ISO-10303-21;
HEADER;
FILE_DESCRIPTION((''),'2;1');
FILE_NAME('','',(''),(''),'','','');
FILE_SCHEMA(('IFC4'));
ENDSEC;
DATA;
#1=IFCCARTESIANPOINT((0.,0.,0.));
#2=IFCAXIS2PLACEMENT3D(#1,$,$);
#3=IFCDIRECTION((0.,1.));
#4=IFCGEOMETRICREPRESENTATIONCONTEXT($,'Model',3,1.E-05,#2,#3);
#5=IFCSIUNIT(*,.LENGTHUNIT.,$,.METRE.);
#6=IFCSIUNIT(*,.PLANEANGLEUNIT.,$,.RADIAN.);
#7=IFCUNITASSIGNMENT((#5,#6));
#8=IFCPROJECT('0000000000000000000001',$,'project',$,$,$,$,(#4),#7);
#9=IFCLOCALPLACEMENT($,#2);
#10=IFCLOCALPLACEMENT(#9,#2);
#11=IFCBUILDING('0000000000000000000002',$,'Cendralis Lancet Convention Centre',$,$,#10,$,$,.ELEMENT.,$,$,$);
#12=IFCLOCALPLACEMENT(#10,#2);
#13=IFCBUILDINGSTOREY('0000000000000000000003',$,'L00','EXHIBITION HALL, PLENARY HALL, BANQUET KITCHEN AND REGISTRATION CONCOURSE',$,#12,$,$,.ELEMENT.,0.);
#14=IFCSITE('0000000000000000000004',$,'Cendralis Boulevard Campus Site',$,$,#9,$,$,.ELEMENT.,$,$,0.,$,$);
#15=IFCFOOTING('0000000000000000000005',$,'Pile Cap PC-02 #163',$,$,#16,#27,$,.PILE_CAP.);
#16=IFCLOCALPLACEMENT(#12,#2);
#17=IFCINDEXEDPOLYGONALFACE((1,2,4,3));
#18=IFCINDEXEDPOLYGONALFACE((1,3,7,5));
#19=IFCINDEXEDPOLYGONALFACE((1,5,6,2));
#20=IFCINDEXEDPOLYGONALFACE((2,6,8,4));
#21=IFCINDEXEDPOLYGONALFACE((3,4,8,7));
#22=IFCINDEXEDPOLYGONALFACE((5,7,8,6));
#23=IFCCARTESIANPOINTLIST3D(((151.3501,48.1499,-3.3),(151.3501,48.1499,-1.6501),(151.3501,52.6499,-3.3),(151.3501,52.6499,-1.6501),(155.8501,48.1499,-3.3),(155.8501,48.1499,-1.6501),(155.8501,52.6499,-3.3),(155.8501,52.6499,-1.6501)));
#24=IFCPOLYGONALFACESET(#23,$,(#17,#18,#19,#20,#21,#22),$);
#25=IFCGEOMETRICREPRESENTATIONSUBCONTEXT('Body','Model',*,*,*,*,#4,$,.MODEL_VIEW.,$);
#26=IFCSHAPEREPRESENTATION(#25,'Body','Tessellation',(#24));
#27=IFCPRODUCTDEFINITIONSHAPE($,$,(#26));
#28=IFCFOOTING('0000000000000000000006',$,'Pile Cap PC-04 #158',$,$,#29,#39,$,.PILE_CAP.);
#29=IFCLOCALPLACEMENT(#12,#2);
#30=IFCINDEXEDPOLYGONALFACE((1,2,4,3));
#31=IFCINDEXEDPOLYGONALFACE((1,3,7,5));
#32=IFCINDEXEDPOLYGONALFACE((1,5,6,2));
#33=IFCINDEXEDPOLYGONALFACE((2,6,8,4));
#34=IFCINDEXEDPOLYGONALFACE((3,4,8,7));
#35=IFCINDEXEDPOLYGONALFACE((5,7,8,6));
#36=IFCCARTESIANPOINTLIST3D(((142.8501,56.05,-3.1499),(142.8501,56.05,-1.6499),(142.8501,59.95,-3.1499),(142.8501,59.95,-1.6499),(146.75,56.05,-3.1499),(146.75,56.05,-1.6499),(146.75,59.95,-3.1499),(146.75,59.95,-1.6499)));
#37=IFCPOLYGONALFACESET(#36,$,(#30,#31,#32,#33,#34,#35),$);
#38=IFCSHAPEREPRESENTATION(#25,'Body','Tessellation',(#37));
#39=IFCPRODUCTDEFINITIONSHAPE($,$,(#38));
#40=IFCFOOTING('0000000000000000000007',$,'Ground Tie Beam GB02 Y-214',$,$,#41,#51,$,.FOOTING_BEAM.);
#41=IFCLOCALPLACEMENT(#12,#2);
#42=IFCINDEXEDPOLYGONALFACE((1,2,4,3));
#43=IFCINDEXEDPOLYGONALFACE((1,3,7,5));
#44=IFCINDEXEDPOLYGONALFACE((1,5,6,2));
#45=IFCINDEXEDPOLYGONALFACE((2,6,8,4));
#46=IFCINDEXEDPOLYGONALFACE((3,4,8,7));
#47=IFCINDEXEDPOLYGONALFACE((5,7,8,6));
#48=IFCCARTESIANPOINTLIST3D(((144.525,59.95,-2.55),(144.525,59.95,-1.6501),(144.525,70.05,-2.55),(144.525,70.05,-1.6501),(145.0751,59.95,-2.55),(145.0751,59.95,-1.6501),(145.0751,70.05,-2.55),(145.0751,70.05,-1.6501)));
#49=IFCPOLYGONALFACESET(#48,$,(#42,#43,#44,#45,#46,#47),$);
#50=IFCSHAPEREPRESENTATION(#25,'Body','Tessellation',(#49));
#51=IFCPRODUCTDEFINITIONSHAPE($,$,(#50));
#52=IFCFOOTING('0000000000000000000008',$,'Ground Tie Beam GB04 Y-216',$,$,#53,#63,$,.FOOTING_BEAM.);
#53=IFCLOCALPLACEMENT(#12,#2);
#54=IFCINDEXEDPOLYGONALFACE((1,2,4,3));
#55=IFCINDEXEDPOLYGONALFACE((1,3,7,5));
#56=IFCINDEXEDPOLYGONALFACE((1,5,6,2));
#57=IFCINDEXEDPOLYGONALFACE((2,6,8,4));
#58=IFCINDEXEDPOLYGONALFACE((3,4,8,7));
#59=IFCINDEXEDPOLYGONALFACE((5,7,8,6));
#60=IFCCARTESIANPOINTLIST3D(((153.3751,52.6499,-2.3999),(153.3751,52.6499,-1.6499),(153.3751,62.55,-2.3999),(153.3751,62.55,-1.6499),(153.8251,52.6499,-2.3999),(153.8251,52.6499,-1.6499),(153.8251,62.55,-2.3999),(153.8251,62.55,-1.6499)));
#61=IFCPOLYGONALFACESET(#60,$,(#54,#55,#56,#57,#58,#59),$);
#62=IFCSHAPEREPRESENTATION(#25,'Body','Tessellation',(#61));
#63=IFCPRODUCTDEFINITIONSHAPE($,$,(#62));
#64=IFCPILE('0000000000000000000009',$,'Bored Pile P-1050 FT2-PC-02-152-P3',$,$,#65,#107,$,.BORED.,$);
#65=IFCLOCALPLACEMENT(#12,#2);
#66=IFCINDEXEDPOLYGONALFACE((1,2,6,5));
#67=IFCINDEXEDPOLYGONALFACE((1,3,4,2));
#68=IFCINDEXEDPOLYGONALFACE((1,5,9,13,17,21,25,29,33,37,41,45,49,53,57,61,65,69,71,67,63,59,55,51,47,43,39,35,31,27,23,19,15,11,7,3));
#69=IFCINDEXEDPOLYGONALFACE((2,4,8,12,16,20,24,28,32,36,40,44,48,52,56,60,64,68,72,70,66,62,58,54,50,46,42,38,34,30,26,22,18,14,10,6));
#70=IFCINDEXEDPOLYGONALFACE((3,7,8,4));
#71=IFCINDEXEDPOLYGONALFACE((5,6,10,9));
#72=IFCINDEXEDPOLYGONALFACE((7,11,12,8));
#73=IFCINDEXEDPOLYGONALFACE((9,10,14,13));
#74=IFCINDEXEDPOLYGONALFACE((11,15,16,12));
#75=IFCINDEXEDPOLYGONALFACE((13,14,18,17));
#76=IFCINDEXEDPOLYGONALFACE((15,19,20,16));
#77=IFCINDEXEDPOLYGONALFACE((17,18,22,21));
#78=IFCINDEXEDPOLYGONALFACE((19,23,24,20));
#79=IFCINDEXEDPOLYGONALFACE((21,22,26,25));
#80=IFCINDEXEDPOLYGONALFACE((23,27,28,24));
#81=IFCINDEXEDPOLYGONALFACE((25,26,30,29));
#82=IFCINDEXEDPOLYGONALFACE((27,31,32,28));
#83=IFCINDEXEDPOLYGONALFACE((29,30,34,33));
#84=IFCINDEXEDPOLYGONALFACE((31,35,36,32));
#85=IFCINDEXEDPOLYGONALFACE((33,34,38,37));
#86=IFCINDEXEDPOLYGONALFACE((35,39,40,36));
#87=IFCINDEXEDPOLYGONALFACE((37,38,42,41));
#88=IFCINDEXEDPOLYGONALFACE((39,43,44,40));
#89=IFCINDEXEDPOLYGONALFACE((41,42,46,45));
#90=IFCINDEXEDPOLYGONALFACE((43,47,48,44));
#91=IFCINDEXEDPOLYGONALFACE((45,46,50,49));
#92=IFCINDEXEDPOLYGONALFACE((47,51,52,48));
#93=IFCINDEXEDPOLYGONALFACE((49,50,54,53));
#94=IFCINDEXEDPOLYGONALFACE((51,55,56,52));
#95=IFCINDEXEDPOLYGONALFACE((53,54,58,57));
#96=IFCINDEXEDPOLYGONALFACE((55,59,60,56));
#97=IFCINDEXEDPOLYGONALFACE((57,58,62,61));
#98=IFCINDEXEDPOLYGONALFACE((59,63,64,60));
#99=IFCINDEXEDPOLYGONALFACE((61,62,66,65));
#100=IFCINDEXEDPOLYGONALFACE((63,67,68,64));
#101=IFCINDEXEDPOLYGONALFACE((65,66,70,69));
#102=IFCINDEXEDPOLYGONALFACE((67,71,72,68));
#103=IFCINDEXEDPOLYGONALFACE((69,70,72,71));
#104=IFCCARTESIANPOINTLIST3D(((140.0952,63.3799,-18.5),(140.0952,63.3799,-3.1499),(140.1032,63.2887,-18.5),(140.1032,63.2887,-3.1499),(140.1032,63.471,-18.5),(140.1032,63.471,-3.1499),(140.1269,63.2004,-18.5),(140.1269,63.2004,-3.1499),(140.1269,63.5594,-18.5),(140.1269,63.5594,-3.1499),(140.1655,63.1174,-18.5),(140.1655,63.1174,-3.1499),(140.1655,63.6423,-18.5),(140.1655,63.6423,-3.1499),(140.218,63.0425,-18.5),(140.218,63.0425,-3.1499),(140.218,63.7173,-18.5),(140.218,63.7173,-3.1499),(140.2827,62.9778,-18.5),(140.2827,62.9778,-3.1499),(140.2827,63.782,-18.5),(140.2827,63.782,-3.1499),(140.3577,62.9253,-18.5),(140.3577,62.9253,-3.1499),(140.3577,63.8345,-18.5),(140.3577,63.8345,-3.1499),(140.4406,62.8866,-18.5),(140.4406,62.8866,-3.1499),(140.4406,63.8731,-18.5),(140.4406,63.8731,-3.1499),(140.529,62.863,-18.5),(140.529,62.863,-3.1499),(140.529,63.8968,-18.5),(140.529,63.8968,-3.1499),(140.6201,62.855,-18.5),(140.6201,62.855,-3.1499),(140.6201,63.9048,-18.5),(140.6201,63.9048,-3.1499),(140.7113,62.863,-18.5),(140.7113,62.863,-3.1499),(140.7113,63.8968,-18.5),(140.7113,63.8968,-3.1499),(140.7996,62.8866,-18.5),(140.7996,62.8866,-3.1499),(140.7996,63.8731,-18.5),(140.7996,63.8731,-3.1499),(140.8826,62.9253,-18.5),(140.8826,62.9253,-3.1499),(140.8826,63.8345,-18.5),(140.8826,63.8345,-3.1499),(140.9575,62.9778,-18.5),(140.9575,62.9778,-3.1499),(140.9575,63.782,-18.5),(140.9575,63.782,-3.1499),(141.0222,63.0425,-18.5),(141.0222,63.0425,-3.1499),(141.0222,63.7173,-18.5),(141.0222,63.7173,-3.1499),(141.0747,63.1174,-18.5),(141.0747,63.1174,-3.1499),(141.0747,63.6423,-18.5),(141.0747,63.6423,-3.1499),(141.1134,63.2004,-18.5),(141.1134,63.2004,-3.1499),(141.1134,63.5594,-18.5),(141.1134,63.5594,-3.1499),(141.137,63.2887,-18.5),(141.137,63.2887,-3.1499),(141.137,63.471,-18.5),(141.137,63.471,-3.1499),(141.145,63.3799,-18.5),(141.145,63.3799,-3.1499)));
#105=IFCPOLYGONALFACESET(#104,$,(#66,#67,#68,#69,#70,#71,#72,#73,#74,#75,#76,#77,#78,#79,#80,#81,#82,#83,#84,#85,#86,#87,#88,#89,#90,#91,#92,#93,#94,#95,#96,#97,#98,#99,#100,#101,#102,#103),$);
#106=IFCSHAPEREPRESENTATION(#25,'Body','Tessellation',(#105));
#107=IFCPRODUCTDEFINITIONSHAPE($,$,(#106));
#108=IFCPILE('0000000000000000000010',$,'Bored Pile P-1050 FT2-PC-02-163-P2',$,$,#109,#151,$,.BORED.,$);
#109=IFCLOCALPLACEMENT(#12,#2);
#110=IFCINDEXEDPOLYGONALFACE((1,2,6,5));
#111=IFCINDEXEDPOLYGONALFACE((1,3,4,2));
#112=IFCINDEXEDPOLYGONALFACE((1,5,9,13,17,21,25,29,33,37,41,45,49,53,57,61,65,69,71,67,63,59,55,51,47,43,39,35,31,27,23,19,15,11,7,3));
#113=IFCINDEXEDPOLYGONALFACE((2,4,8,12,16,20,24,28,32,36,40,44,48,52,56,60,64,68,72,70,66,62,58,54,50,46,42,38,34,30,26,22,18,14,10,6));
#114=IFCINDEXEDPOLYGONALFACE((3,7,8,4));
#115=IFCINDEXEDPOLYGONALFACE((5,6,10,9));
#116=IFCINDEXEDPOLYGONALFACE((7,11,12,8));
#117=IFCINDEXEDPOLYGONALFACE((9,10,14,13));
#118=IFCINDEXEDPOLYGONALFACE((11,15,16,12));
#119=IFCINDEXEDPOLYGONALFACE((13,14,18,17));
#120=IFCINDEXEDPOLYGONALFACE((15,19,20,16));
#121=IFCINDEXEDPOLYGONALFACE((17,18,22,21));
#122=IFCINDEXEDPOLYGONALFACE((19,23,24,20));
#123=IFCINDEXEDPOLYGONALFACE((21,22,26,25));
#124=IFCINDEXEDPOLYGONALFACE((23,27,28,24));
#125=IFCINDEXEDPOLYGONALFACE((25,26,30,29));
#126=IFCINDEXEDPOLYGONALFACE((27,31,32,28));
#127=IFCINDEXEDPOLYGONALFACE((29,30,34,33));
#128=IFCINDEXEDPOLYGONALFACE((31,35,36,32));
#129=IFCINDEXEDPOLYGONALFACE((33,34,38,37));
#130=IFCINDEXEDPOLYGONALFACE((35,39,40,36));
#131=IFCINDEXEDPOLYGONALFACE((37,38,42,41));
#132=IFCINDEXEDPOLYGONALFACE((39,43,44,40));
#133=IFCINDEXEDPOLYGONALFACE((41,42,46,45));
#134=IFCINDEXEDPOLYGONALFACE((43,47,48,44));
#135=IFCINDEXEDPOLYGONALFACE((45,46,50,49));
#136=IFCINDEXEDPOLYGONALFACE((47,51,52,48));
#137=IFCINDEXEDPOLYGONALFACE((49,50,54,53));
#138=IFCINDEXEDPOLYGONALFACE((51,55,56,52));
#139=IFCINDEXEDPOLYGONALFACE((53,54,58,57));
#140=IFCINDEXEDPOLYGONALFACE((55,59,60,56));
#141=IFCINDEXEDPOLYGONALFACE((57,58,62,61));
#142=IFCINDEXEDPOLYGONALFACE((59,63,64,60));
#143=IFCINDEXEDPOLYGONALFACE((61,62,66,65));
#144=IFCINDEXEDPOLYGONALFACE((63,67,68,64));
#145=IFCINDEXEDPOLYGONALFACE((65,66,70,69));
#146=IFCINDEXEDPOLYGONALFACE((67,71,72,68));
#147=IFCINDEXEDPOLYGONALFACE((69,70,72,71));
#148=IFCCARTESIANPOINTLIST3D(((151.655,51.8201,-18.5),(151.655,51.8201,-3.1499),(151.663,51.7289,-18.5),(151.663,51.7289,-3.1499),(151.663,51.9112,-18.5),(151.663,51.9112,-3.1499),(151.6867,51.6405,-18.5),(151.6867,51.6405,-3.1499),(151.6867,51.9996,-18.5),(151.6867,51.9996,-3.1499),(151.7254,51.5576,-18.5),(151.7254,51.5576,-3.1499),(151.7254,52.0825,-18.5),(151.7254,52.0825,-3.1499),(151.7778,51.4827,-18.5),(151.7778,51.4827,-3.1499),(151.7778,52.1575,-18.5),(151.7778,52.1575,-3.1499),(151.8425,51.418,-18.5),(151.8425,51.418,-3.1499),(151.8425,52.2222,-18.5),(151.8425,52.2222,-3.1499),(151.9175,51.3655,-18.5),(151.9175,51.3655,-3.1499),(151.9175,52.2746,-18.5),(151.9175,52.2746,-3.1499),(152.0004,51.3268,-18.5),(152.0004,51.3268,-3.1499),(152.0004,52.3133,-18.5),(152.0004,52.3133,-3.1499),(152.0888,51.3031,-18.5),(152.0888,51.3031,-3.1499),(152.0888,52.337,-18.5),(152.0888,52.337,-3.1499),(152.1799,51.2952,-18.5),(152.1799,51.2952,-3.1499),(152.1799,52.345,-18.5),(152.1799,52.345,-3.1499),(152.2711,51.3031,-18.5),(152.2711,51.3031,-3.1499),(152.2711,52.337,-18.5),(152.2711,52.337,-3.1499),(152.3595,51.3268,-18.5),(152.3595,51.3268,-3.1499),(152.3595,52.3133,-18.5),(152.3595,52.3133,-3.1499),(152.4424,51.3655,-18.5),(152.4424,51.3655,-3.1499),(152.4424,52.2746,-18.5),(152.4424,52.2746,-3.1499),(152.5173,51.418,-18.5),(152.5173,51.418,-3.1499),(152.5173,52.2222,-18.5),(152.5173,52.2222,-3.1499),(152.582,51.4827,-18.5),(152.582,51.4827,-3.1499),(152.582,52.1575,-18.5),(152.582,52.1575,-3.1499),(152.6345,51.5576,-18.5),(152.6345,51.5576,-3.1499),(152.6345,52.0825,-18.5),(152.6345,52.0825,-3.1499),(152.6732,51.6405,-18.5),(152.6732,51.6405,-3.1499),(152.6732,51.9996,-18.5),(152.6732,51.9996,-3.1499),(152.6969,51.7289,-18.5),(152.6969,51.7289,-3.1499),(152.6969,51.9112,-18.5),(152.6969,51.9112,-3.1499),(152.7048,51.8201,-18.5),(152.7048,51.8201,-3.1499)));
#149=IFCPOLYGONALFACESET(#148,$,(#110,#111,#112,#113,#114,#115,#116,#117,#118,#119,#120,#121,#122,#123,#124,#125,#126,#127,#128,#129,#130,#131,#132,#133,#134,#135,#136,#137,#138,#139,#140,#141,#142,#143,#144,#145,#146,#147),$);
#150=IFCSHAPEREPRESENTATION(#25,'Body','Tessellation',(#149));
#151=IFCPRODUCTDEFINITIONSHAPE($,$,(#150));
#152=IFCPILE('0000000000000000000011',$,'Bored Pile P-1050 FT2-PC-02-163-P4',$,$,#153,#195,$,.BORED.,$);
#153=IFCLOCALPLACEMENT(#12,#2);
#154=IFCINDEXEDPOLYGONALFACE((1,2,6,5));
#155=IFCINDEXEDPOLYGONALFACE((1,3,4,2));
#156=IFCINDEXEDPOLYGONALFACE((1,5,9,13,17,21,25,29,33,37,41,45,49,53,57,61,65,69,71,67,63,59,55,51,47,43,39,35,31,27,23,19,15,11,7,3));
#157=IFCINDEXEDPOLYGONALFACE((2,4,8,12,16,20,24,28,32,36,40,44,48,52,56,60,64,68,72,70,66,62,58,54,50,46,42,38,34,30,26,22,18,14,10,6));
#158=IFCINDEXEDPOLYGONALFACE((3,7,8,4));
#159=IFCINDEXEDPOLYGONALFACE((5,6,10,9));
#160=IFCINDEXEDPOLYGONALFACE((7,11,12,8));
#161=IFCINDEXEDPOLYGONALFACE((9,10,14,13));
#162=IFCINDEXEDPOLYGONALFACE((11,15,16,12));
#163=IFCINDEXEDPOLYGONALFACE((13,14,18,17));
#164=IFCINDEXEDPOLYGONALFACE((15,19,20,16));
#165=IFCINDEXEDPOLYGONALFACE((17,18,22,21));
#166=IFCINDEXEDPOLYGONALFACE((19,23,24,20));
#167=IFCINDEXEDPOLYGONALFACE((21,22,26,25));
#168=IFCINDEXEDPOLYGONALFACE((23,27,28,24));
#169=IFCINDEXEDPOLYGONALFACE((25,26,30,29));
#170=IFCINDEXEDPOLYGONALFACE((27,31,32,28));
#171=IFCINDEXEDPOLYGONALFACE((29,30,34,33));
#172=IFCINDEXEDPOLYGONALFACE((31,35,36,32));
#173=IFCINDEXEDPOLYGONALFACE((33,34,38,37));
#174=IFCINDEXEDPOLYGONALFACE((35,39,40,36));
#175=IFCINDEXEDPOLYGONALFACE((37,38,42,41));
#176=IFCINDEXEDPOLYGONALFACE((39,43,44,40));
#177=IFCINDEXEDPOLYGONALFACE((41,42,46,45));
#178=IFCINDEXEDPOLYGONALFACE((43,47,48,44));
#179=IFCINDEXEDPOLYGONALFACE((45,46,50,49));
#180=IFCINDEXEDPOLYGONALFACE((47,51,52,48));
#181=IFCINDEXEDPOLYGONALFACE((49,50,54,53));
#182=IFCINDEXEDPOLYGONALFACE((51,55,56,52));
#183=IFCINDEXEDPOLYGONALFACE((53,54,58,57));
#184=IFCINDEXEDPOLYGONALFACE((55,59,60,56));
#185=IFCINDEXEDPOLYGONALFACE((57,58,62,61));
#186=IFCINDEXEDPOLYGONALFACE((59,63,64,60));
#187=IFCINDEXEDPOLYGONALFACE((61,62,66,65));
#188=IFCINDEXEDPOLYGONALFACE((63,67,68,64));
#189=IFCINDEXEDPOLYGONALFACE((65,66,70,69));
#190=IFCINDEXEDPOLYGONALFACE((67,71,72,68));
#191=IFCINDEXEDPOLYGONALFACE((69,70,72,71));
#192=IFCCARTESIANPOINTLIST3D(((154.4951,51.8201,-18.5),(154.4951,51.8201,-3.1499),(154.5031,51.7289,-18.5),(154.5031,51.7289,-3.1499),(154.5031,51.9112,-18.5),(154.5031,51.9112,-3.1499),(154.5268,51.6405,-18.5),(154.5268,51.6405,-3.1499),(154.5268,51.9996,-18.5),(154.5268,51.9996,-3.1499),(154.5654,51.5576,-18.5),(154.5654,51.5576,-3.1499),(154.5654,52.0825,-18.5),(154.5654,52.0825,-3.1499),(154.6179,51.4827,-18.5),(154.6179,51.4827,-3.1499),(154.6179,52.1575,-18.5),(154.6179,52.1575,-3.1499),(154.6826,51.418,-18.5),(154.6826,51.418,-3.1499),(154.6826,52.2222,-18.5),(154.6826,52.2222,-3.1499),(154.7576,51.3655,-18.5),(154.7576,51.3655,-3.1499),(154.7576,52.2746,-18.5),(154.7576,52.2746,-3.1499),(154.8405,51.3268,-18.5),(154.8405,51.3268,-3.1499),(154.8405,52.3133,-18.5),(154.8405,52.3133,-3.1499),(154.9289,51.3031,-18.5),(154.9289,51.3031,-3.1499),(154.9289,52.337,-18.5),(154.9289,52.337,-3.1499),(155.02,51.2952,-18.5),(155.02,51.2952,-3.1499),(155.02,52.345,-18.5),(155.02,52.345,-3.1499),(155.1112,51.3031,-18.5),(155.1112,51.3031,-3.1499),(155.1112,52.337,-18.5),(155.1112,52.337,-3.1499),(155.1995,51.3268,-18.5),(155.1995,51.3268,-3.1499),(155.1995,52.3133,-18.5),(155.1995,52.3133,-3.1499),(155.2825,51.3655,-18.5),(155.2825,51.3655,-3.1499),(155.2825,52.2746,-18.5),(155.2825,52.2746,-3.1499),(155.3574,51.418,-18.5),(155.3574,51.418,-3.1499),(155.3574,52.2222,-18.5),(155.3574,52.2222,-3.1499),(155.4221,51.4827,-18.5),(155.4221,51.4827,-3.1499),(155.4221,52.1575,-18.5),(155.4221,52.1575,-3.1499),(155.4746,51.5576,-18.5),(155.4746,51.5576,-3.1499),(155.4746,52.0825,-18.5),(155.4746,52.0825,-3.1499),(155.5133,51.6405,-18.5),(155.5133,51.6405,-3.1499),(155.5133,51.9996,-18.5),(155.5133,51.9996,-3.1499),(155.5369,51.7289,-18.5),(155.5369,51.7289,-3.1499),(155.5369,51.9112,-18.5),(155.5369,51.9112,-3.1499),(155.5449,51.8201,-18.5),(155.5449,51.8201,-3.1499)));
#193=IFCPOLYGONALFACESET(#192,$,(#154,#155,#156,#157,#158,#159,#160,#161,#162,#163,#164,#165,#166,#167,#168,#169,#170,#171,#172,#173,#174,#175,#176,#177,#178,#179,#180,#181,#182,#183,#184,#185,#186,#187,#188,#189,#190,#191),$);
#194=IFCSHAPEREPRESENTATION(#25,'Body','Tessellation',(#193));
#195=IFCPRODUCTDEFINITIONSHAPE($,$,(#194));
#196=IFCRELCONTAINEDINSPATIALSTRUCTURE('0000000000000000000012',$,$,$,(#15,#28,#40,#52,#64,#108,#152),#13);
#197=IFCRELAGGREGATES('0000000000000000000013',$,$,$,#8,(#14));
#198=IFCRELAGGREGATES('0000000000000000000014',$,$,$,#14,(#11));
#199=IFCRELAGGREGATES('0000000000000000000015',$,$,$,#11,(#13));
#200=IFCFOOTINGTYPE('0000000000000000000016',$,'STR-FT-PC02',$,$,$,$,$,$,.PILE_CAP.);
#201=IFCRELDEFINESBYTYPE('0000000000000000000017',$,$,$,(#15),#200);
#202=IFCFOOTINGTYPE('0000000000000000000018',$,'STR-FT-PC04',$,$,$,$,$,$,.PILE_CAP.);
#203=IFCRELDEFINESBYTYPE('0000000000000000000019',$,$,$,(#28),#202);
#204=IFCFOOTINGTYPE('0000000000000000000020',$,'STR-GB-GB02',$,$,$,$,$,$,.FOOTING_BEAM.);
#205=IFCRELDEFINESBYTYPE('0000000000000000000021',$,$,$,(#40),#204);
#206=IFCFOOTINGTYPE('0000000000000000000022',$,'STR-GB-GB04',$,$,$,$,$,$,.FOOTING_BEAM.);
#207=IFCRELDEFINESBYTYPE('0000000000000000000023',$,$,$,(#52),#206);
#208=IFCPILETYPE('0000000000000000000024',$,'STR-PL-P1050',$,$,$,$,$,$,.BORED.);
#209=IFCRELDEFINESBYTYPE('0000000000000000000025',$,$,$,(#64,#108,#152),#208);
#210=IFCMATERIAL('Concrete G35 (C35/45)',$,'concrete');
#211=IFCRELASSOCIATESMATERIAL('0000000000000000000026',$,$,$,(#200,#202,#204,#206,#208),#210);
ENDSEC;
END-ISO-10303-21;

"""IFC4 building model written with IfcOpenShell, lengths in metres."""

from ifc_helpers import new_model, si_unit, direction, frame, origin, origin_2d, place, context, subcontext, project, spatial, rectangle, circle, extrude, material, material_profile, profile_set, type_object, element, save


model = new_model("IFC4")

# Units and contexts
model_context = context("Model", 3, precision=1e-05, world=origin(), true_north=direction((0.0, 1.0)))
body_context = subcontext(model_context, "Body", "Model", "MODEL_VIEW")
ifc_project = project(units=[si_unit("LENGTHUNIT", "METRE"), si_unit("PLANEANGLEUNIT", "RADIAN")], contexts=[model_context])

# Site, building, storey
site_placement = place(None, origin())
site = spatial("IfcSite", under=ifc_project, at=site_placement, Name="Cendralis Boulevard Campus Site", CompositionType="ELEMENT", RefElevation=0.0)
building_placement = place(site_placement, origin())
building = spatial("IfcBuilding", under=site, at=building_placement, Name="Cendralis Lancet Convention Centre", CompositionType="ELEMENT")
storey_placement = place(building_placement, origin())
storey = spatial("IfcBuildingStorey", under=building, at=storey_placement, Name="L00", Description="EXHIBITION HALL, PLENARY HALL, BANQUET KITCHEN AND REGISTRATION CONCOURSE", CompositionType="ELEMENT", Elevation=0.0)

# Footings
ifc_material_1 = material(Name="Concrete G35 (C35/45)", Category="concrete")
footing_type_1 = type_object("IfcFootingType", Name="STR-FT-PC02", PredefinedType="PILE_CAP", material=ifc_material_1)
footing_1_placement = place(storey_placement, frame((153.6001, 50.3999, -3.3), z_axis=(0.0, 0.0, 1.0), x_axis=(1.0, 0.0, 0.0)))
element("IfcFooting", 1, at=footing_1_placement, inside=storey, type_object=footing_type_1, Name="Pile Cap PC-02 #163", PredefinedType="PILE_CAP", context=body_context, shape_type="SweptSolid", body=[
    extrude(rectangle(XDim=4.5, YDim=4.5, at=origin_2d()), origin(), (0.0, 0.0, 1.0), 1.6499),
])
footing_type_2 = type_object("IfcFootingType", Name="STR-FT-PC04", PredefinedType="PILE_CAP", material=ifc_material_1)
footing_2_placement = place(storey_placement, frame((144.8, 58.0, -3.1499), z_axis=(0.0, 0.0, 1.0), x_axis=(1.0, 0.0, 0.0)))
element("IfcFooting", 2, at=footing_2_placement, inside=storey, type_object=footing_type_2, Name="Pile Cap PC-04 #158", PredefinedType="PILE_CAP", context=body_context, shape_type="SweptSolid", body=[
    extrude(rectangle(XDim=3.8999, YDim=3.8999, at=origin_2d()), origin(), (0.0, 0.0, 1.0), 1.5),
])
ifc_material_profile_1 = material_profile(ifc_material_1, rectangle(XDim=0.55, YDim=0.8999, at=origin_2d()), Name="RCB 550x900")
ifc_profile_set_1 = profile_set([ifc_material_profile_1], Name="Concrete G35 (C35/45)")
footing_type_3 = type_object("IfcFootingType", Name="STR-GB-GB02", PredefinedType="FOOTING_BEAM", material=ifc_profile_set_1)
footing_3_placement = place(storey_placement, frame((144.8, 59.95, -2.1001), z_axis=(0.0, 1.0, 0.0), x_axis=(-1.0, 0.0, 0.0)))
element("IfcFooting", 3, at=footing_3_placement, inside=storey, type_object=footing_type_3, Name="Ground Tie Beam GB02 Y-214", PredefinedType="FOOTING_BEAM", context=body_context, shape_type="SweptSolid", body=[
    extrude(rectangle(XDim=0.55, YDim=0.8999, at=origin_2d()), origin(), (0.0, 0.0, 1.0), 10.1001),
])
ifc_material_profile_2 = material_profile(ifc_material_1, rectangle(XDim=0.45, YDim=0.75, at=origin_2d()), Name="RCB 450x750")
ifc_profile_set_2 = profile_set([ifc_material_profile_2], Name="Concrete G35 (C35/45)")
footing_type_4 = type_object("IfcFootingType", Name="STR-GB-GB04", PredefinedType="FOOTING_BEAM", material=ifc_profile_set_2)
footing_4_placement = place(storey_placement, frame((153.6001, 52.6499, -2.0249), z_axis=(0.0, 1.0, 0.0), x_axis=(-1.0, 0.0, 0.0)))
element("IfcFooting", 4, at=footing_4_placement, inside=storey, type_object=footing_type_4, Name="Ground Tie Beam GB04 Y-216", PredefinedType="FOOTING_BEAM", context=body_context, shape_type="SweptSolid", body=[
    extrude(rectangle(XDim=0.45, YDim=0.75, at=origin_2d()), origin(), (0.0, 0.0, 1.0), 9.9001),
])

# Piles
ifc_material_profile_3 = material_profile(ifc_material_1, circle(Radius=0.5249, at=origin_2d()), Name="BORED PILE D1050")
ifc_profile_set_3 = profile_set([ifc_material_profile_3], Name="Concrete G35 (C35/45)")
pile_type_1 = type_object("IfcPileType", Name="STR-PL-P1050", PredefinedType="BORED", material=ifc_profile_set_3)
for number, where, z_axis, x_axis, name in (
    (5, (140.6201, 63.3799, -3.1499), (0.0, 0.0, -1.0), (1.0, 0.0, 0.0), "Bored Pile P-1050 FT2-PC-02-152-P3"),
    (6, (152.1799, 51.8201, -3.1499), (0.0, 0.0, -1.0), (1.0, 0.0, 0.0), "Bored Pile P-1050 FT2-PC-02-163-P2"),
    (7, (155.02, 51.8201, -3.1499), (0.0, 0.0, -1.0), (1.0, 0.0, 0.0), "Bored Pile P-1050 FT2-PC-02-163-P4"),
):
    element("IfcPile", number, at=place(storey_placement, frame(where, z_axis=z_axis, x_axis=x_axis)), inside=storey, type_object=pile_type_1, Name=name, PredefinedType="BORED", context=body_context, shape_type="SweptSolid", body=[
        extrude(circle(Radius=0.5249, at=origin_2d()), origin(), (0.0, 0.0, 1.0), 15.3501),
    ])

save(model, "model.ifc")
